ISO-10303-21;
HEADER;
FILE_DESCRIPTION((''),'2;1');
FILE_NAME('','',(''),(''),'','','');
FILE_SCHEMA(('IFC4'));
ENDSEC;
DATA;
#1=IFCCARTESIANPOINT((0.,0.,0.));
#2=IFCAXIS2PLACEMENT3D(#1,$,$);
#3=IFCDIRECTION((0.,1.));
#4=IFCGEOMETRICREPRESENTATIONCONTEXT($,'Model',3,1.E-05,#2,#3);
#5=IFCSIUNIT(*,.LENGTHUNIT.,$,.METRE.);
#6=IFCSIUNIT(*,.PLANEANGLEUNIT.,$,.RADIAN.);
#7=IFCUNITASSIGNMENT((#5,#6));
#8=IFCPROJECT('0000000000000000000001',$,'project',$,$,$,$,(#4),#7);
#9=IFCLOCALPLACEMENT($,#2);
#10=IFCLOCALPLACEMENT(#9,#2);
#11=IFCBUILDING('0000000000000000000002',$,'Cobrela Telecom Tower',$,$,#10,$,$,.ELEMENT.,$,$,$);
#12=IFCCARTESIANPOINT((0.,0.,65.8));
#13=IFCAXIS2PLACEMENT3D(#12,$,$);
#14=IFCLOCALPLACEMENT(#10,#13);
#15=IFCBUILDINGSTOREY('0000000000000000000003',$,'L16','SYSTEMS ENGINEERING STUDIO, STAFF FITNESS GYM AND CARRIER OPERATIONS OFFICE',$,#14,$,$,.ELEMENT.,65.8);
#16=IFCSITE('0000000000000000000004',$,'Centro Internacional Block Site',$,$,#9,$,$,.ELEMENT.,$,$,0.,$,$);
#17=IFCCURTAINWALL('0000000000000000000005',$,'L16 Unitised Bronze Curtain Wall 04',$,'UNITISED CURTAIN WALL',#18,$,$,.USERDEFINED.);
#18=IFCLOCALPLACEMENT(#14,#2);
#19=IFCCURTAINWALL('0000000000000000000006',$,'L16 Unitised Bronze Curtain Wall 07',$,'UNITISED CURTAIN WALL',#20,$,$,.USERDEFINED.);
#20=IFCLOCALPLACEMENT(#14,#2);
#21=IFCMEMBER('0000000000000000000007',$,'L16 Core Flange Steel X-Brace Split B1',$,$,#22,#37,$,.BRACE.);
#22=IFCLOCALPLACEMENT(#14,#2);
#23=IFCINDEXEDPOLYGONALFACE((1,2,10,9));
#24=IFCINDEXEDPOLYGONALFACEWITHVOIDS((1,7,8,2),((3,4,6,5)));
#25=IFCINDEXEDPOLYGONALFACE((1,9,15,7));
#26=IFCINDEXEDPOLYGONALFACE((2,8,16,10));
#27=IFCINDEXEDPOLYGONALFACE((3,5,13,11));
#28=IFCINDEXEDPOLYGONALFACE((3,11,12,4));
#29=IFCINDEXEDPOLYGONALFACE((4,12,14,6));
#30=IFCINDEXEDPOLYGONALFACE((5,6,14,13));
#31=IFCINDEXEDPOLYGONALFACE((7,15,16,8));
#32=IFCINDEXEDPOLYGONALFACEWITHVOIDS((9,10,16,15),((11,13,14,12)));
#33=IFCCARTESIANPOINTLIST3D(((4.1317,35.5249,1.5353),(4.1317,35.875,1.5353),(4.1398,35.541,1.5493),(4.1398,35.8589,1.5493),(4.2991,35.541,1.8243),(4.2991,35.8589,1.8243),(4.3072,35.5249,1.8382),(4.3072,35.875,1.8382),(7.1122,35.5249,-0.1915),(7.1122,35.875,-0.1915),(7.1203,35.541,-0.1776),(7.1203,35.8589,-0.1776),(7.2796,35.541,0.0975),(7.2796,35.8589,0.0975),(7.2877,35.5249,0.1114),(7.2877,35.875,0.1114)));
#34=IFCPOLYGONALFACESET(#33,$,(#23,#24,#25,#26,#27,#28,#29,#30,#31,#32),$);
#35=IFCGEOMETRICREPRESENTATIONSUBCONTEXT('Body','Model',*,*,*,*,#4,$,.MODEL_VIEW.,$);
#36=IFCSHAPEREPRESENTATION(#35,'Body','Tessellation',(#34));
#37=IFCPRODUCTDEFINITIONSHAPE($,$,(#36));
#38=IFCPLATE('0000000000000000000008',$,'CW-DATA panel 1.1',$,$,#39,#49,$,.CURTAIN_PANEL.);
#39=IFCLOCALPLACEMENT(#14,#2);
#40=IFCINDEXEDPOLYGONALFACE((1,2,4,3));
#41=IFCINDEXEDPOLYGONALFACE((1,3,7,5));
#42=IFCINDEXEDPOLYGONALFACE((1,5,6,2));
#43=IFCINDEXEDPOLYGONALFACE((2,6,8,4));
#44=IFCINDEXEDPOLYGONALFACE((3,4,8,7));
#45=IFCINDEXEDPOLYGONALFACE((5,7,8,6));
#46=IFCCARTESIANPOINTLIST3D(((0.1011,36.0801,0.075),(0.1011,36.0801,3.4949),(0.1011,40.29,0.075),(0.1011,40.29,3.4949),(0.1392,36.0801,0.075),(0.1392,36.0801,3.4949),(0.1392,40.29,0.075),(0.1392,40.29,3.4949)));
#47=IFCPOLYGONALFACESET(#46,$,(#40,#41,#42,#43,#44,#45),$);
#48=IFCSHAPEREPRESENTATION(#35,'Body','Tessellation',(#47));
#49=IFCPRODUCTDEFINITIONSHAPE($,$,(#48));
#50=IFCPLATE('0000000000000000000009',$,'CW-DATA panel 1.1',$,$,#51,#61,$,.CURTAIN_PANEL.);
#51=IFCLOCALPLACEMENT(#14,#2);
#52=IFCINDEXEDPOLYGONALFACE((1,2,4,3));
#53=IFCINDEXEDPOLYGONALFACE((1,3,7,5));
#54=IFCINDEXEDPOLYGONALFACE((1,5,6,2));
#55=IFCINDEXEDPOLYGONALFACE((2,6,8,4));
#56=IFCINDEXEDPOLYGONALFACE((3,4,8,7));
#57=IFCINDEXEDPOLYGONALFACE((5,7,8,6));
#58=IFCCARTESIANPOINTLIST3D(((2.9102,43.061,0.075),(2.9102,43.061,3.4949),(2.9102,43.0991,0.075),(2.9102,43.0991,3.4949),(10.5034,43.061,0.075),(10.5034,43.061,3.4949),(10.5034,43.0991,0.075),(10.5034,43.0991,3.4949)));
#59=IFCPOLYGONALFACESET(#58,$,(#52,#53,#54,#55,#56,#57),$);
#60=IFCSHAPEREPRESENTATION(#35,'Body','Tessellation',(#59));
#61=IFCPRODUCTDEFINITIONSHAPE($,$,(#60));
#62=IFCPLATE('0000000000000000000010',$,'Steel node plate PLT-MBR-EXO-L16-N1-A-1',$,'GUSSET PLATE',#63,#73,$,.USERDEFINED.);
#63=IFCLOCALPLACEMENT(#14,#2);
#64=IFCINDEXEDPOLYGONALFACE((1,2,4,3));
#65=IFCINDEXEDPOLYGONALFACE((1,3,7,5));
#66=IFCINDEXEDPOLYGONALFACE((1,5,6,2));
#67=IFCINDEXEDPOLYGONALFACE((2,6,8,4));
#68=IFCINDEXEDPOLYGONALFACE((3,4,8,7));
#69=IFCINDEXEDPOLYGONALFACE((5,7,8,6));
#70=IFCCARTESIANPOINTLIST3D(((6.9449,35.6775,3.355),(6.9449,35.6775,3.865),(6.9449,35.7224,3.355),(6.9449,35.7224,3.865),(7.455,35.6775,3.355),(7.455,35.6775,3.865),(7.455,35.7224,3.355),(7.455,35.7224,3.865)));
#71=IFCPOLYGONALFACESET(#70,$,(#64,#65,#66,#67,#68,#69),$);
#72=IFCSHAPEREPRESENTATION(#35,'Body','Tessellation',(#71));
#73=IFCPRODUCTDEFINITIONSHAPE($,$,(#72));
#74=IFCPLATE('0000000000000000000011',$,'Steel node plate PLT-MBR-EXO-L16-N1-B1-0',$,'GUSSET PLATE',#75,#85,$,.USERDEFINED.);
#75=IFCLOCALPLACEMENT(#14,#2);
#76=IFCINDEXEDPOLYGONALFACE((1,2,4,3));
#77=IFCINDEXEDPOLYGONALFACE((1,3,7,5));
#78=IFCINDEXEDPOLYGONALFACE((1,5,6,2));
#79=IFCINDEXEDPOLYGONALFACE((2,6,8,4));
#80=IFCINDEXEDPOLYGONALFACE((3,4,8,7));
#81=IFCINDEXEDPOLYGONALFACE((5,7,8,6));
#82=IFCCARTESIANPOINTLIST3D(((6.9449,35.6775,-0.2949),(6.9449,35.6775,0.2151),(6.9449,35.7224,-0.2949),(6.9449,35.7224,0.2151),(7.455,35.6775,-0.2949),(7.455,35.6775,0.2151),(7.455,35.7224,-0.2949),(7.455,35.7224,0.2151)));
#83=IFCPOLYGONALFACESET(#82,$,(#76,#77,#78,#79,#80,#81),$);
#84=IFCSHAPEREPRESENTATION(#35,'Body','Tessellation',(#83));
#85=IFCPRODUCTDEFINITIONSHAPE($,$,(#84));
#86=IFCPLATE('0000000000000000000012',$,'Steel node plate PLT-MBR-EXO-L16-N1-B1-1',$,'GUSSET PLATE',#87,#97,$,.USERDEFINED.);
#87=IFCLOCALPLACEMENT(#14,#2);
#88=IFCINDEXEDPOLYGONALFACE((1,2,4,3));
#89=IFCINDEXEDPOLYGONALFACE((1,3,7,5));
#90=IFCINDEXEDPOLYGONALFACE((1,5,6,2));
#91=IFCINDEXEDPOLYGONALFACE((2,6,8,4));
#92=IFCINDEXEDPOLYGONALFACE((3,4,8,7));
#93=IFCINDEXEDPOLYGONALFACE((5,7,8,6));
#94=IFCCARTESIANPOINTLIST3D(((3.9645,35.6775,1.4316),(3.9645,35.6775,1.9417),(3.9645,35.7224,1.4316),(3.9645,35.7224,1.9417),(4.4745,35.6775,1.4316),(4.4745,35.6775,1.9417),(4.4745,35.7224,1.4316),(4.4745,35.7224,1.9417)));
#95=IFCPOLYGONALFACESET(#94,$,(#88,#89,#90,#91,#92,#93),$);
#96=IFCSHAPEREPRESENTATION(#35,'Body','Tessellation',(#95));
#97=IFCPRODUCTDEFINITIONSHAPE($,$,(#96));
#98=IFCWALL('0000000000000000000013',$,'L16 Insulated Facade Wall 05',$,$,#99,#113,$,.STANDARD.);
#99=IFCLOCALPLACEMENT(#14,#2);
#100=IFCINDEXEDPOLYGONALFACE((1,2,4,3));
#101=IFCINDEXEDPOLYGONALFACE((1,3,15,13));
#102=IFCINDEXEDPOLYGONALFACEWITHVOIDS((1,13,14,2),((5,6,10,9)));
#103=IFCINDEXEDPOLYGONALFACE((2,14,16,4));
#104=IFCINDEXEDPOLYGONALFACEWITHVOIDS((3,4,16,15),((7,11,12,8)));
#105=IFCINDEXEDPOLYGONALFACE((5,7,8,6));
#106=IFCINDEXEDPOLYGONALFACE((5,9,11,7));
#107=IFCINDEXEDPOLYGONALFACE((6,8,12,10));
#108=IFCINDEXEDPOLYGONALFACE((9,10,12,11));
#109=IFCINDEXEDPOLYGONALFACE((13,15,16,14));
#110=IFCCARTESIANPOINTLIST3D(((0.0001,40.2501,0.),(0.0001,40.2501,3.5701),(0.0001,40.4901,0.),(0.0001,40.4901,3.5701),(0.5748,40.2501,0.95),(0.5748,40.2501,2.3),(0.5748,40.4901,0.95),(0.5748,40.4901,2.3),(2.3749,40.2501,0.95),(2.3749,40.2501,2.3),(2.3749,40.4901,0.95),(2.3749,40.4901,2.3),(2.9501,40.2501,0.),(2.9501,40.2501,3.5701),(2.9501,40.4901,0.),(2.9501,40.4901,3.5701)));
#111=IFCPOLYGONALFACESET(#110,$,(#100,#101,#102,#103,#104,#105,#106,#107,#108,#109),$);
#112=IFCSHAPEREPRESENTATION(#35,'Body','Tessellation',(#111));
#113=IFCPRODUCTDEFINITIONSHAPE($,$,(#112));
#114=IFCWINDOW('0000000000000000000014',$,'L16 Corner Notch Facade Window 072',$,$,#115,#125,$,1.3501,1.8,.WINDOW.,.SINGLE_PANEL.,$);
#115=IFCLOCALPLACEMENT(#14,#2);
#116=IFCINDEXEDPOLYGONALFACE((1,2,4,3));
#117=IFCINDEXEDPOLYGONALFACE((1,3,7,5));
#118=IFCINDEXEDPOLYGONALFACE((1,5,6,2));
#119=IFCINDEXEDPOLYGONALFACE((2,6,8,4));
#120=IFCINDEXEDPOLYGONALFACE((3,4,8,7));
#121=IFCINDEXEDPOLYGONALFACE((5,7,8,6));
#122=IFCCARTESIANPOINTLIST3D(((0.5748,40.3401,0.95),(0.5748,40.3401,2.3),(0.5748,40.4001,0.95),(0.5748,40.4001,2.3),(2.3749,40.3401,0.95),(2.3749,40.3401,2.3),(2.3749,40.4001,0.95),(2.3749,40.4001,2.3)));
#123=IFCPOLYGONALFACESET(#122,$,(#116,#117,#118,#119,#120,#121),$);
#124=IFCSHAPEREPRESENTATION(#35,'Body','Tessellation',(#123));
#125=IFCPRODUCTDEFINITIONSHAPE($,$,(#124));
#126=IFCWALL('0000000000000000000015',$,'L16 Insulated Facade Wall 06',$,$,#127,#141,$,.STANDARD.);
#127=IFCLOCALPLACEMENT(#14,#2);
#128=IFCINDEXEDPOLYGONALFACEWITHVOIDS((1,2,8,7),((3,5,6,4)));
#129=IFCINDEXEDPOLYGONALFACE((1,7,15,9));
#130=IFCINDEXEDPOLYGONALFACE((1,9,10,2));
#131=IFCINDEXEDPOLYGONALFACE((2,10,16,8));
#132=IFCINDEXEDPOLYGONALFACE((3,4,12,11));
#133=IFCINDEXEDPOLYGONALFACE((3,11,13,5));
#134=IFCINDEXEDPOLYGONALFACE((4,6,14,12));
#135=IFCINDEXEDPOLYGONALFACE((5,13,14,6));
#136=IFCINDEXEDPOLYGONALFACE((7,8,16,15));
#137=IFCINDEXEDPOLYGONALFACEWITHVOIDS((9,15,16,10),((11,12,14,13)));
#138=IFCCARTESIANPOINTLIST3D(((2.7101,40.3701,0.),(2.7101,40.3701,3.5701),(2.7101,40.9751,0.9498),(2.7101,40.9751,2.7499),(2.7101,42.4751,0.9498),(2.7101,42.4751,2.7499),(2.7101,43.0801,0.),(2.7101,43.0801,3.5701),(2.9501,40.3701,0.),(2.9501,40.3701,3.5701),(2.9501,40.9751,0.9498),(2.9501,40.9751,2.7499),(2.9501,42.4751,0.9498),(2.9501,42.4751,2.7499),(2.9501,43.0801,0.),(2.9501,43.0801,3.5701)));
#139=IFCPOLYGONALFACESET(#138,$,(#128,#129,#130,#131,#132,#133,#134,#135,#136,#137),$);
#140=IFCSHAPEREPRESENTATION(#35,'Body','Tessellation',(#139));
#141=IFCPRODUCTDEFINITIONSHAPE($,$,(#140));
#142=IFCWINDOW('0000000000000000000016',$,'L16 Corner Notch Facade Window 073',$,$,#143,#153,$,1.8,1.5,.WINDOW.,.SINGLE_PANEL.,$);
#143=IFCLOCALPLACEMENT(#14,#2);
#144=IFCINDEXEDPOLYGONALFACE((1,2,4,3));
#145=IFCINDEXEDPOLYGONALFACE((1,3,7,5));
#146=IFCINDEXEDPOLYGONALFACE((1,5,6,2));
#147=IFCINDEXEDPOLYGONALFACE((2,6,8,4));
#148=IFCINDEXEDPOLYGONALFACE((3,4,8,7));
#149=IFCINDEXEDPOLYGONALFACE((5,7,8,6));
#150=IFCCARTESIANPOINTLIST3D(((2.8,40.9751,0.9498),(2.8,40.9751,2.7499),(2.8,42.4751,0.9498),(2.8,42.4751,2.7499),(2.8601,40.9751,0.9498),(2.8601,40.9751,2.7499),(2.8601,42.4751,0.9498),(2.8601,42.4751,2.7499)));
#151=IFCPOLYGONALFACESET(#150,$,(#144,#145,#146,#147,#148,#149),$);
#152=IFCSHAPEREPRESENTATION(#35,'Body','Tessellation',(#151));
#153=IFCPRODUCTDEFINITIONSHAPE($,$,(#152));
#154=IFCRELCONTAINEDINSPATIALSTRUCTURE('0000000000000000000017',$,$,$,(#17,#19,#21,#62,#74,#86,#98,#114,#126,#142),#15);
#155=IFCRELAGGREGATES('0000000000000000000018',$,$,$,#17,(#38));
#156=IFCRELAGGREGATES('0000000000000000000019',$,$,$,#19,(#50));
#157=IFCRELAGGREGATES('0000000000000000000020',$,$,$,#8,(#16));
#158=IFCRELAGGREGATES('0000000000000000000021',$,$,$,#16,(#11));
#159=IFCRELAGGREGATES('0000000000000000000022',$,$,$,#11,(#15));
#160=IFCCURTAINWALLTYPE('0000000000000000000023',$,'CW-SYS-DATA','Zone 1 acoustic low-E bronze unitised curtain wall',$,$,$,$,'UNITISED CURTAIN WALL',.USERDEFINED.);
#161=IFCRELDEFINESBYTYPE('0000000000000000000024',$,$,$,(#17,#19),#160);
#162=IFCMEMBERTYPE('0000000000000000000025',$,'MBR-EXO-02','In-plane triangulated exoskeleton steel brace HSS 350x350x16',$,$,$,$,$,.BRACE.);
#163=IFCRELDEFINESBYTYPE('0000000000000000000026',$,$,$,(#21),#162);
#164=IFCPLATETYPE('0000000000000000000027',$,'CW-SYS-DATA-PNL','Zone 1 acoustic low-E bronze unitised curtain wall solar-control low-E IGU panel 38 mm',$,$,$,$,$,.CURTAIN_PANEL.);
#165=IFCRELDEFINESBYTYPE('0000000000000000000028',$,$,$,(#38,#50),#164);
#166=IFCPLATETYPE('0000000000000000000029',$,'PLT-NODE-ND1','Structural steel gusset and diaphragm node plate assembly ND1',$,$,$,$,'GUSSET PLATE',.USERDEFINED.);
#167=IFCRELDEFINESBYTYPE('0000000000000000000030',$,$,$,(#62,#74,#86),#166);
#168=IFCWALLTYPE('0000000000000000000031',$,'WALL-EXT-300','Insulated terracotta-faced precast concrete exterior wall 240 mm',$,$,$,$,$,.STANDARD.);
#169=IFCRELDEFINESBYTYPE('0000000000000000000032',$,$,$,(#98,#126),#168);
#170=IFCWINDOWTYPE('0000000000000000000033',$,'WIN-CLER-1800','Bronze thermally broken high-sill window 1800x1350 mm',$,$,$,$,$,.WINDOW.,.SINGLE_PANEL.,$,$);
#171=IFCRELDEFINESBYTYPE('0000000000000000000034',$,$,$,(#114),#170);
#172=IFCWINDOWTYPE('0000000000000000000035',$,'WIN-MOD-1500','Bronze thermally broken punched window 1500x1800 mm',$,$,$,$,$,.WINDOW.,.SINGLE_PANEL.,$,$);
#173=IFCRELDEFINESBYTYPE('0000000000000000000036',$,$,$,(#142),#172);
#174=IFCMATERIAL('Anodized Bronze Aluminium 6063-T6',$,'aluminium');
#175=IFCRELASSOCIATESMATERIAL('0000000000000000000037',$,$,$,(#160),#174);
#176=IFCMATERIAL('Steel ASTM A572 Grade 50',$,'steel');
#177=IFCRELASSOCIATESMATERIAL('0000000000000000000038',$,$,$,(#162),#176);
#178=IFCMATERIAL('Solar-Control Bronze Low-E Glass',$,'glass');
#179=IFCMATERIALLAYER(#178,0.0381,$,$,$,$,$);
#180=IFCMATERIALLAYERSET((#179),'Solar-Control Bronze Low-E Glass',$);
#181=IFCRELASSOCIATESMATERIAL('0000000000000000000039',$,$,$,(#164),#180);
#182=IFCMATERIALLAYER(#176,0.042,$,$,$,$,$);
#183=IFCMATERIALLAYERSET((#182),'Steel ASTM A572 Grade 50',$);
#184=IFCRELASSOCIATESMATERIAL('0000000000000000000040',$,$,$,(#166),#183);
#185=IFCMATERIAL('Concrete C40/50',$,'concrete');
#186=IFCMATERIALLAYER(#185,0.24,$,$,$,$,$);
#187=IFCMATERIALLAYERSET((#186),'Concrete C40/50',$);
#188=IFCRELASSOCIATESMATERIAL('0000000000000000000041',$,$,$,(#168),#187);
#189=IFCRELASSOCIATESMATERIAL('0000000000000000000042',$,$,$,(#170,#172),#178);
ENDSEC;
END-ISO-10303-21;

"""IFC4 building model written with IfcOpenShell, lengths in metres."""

from ifc_helpers import new_model, si_unit, direction, frame, frame_2d, origin, origin_2d, place, context, subcontext, project, spatial, rectangle, hollow_rectangle, extrude, material, layer, layer_set, material_profile, profile_set, type_object, element, fill, aggregate, save


model = new_model("IFC4")

# Units and contexts
model_context = context("Model", 3, precision=1e-05, world=origin(), true_north=direction((0.0, 1.0)))
body_context = subcontext(model_context, "Body", "Model", "MODEL_VIEW")
ifc_project = project(units=[si_unit("LENGTHUNIT", "METRE"), si_unit("PLANEANGLEUNIT", "RADIAN")], contexts=[model_context])

# Site, building, storey
site_placement = place(None, origin())
site = spatial("IfcSite", under=ifc_project, at=site_placement, Name="Centro Internacional Block Site", CompositionType="ELEMENT", RefElevation=0.0)
building_placement = place(site_placement, origin())
building = spatial("IfcBuilding", under=site, at=building_placement, Name="Cobrela Telecom Tower", CompositionType="ELEMENT")
storey_placement = place(building_placement, frame((0.0, 0.0, 65.8)))
storey = spatial("IfcBuildingStorey", under=building, at=storey_placement, Name="L16", Description="SYSTEMS ENGINEERING STUDIO, STAFF FITNESS GYM AND CARRIER OPERATIONS OFFICE", CompositionType="ELEMENT", Elevation=65.8)

# Shared definitions
ifc_material_1 = material(Name="Steel ASTM A572 Grade 50", Category="steel")

# Curtain walls
ifc_material_2 = material(Name="Anodized Bronze Aluminium 6063-T6", Category="aluminium")
curtain_wall_type = type_object("IfcCurtainWallType", Name="CW-SYS-DATA", Description="Zone 1 acoustic low-E bronze unitised curtain wall", ElementType="UNITISED CURTAIN WALL", PredefinedType="USERDEFINED", material=ifc_material_2)
curtain_wall_1_placement = place(storey_placement, origin())
curtain_wall_1 = element("IfcCurtainWall", 1, at=curtain_wall_1_placement, inside=storey, type_object=curtain_wall_type, Name="L16 Unitised Bronze Curtain Wall 04", ObjectType="UNITISED CURTAIN WALL", PredefinedType="USERDEFINED")
curtain_wall_2_placement = place(storey_placement, origin())
curtain_wall_2 = element("IfcCurtainWall", 2, at=curtain_wall_2_placement, inside=storey, type_object=curtain_wall_type, Name="L16 Unitised Bronze Curtain Wall 07", ObjectType="UNITISED CURTAIN WALL", PredefinedType="USERDEFINED")

# Member
ifc_material_profile_1 = material_profile(ifc_material_1, hollow_rectangle(XDim=0.3501, YDim=0.3501, WallThickness=0.0161, at=origin_2d()), Name="HSS 350x350x16")
ifc_profile_set_1 = profile_set([ifc_material_profile_1], Name="Steel ASTM A572 Grade 50")
member_type_1 = type_object("IfcMemberType", Name="MBR-EXO-02", Description="In-plane triangulated exoskeleton steel brace HSS 350x350x16", PredefinedType="BRACE", material=ifc_profile_set_1)
member_1_placement = place(storey_placement, frame((7.2, 35.7, -0.04), z_axis=(-0.865266, 0.0, 0.501313), x_axis=(0.0, -1.0, 0.0)))
element("IfcMember", 3, at=member_1_placement, inside=storey, type_object=member_type_1, Name="L16 Core Flange Steel X-Brace Split B1", PredefinedType="BRACE", context=body_context, shape_type="SweptSolid", body=[
    extrude(hollow_rectangle(XDim=0.3501, YDim=0.3501, WallThickness=0.0161, at=origin_2d()), origin(), (0.0, 0.0, 1.0), 3.4446),
])

# Plates
ifc_material_3 = material(Name="Solar-Control Bronze Low-E Glass", Category="glass")
ifc_layer_1 = layer(ifc_material_3, 0.0381)
ifc_layer_set_1 = layer_set([ifc_layer_1], Name="Solar-Control Bronze Low-E Glass")
plate_type_1 = type_object("IfcPlateType", Name="CW-SYS-DATA-PNL", Description="Zone 1 acoustic low-E bronze unitised curtain wall solar-control low-E IGU panel 38 mm", PredefinedType="CURTAIN_PANEL", material=ifc_layer_set_1)
plate_1_placement = place(storey_placement, frame((0.1201, 38.1851, 0.075), z_axis=(0.0, 0.0, 1.0), x_axis=(0.0, 1.0, 0.0)))
plate_1 = element("IfcPlate", 4, at=plate_1_placement, type_object=plate_type_1, Name="CW-DATA panel 1.1", PredefinedType="CURTAIN_PANEL", context=body_context, shape_type="SweptSolid", body=[
    extrude(rectangle(XDim=4.21, YDim=0.0381, at=origin_2d()), origin(), (0.0, 0.0, 1.0), 3.4199),
])
aggregate(curtain_wall_1, [plate_1])
plate_2_placement = place(storey_placement, frame((6.7068, 43.0801, 0.075), z_axis=(0.0, 0.0, 1.0), x_axis=(1.0, 0.0, 0.0)))
plate_2 = element("IfcPlate", 5, at=plate_2_placement, type_object=plate_type_1, Name="CW-DATA panel 1.1", PredefinedType="CURTAIN_PANEL", context=body_context, shape_type="SweptSolid", body=[
    extrude(rectangle(XDim=7.5933, YDim=0.0381, at=origin_2d()), origin(), (0.0, 0.0, 1.0), 3.4199),
])
aggregate(curtain_wall_2, [plate_2])

# Plates
ifc_layer_2 = layer(ifc_material_1, 0.042)
ifc_layer_set_2 = layer_set([ifc_layer_2], Name="Steel ASTM A572 Grade 50")
plate_type_2 = type_object("IfcPlateType", Name="PLT-NODE-ND1", Description="Structural steel gusset and diaphragm node plate assembly ND1", ElementType="GUSSET PLATE", PredefinedType="USERDEFINED", material=ifc_layer_set_2)
for number, where, z_axis, x_axis, name in (
    (6, (7.2, 35.7, 3.355), (0.0, 0.0, 1.0), (1.0, 0.0, 0.0), "Steel node plate PLT-MBR-EXO-L16-N1-A-1"),
    (7, (7.2, 35.7, -0.2949), (0.0, 0.0, 1.0), (-1.0, 0.0, 0.0), "Steel node plate PLT-MBR-EXO-L16-N1-B1-0"),
    (8, (4.2195, 35.7, 1.4316), (0.0, 0.0, 1.0), (-1.0, 0.0, 0.0), "Steel node plate PLT-MBR-EXO-L16-N1-B1-1"),
):
    element("IfcPlate", number, at=place(storey_placement, frame(where, z_axis=z_axis, x_axis=x_axis)), inside=storey, type_object=plate_type_2, Name=name, ObjectType="GUSSET PLATE", PredefinedType="USERDEFINED", context=body_context, shape_type="SweptSolid", body=[
        extrude(rectangle(XDim=0.51, YDim=0.0449, at=origin_2d()), origin(), (0.0, 0.0, 1.0), 0.51),
    ])

# Walls, openings, windows
ifc_material_4 = material(Name="Concrete C40/50", Category="concrete")
ifc_layer_3 = layer(ifc_material_4, 0.24)
ifc_layer_set_3 = layer_set([ifc_layer_3], Name="Concrete C40/50")
wall_type = type_object("IfcWallType", Name="WALL-EXT-300", Description="Insulated terracotta-faced precast concrete exterior wall 240 mm", PredefinedType="STANDARD", material=ifc_layer_set_3)
wall_1_placement = place(storey_placement, frame((0.0, 40.3701, 0.0), z_axis=(0.0, 0.0, 1.0), x_axis=(1.0, 0.0, 0.0)))
wall_1 = element("IfcWall", 9, at=wall_1_placement, inside=storey, type_object=wall_type, Name="L16 Insulated Facade Wall 05", PredefinedType="STANDARD", context=body_context, shape_type="SweptSolid", body=[
    extrude(rectangle(XDim=2.95, YDim=0.24, at=frame_2d((1.4751, 0.0))), origin(), (0.0, 0.0, 1.0), 3.5701),
])
opening_1_placement = place(wall_1_placement, frame((0.575, 0.0, 0.95)))
opening_1 = element("IfcOpeningElement", 10, at=opening_1_placement, cuts=wall_1, PredefinedType="OPENING", context=body_context, shape_type="SweptSolid", body=[
    extrude(rectangle(XDim=1.8, YDim=1.3501, at=frame_2d((0.8999, 0.675))), frame((0.0, 0.1318, 0.0), z_axis=(0.0, -1.0, 0.0), x_axis=(1.0, 0.0, 0.0)), (0.0, 0.0, 1.0), 0.2639),
])
window_type_1 = type_object("IfcWindowType", Name="WIN-CLER-1800", Description="Bronze thermally broken high-sill window 1800x1350 mm", PartitioningType="SINGLE_PANEL", PredefinedType="WINDOW", material=ifc_material_3)
window_1_placement = place(opening_1_placement, origin())
window_1 = element("IfcWindow", 11, at=window_1_placement, inside=storey, type_object=window_type_1, Name="L16 Corner Notch Facade Window 072", OverallHeight=1.3501, OverallWidth=1.8, PartitioningType="SINGLE_PANEL", PredefinedType="WINDOW", context=body_context, shape_type="SweptSolid", body=[
    extrude(rectangle(XDim=1.8, YDim=1.3501, at=frame_2d((0.8999, 0.675))), frame((0.0, 0.03, 0.0), z_axis=(0.0, -1.0, 0.0), x_axis=(1.0, 0.0, 0.0)), (0.0, 0.0, 1.0), 0.0601),
])
fill(opening_1, window_1)
wall_2_placement = place(storey_placement, frame((2.8301, 40.3701, 0.0), z_axis=(0.0, 0.0, 1.0), x_axis=(0.0, 1.0, 0.0)))
wall_2 = element("IfcWall", 12, at=wall_2_placement, inside=storey, type_object=wall_type, Name="L16 Insulated Facade Wall 06", PredefinedType="STANDARD", context=body_context, shape_type="SweptSolid", body=[
    extrude(rectangle(XDim=2.71, YDim=0.24, at=frame_2d((1.355, 0.0))), origin(), (0.0, 0.0, 1.0), 3.5701),
])
opening_2_placement = place(wall_2_placement, frame((0.605, 0.0, 0.95)))
opening_2 = element("IfcOpeningElement", 13, at=opening_2_placement, cuts=wall_2, PredefinedType="OPENING", context=body_context, shape_type="SweptSolid", body=[
    extrude(rectangle(XDim=1.5, YDim=1.8, at=frame_2d((0.75, 0.8999))), frame((0.0, 0.1318, 0.0), z_axis=(0.0, -1.0, 0.0), x_axis=(1.0, 0.0, 0.0)), (0.0, 0.0, 1.0), 0.2639),
])
window_type_2 = type_object("IfcWindowType", Name="WIN-MOD-1500", Description="Bronze thermally broken punched window 1500x1800 mm", PartitioningType="SINGLE_PANEL", PredefinedType="WINDOW", material=ifc_material_3)
window_2_placement = place(opening_2_placement, origin())
window_2 = element("IfcWindow", 14, at=window_2_placement, inside=storey, type_object=window_type_2, Name="L16 Corner Notch Facade Window 073", OverallHeight=1.8, OverallWidth=1.5, PartitioningType="SINGLE_PANEL", PredefinedType="WINDOW", context=body_context, shape_type="SweptSolid", body=[
    extrude(rectangle(XDim=1.5, YDim=1.8, at=frame_2d((0.75, 0.8999))), frame((0.0, 0.03, 0.0), z_axis=(0.0, -1.0, 0.0), x_axis=(1.0, 0.0, 0.0)), (0.0, 0.0, 1.0), 0.0601),
])
fill(opening_2, window_2)

save(model, "model.ifc")
